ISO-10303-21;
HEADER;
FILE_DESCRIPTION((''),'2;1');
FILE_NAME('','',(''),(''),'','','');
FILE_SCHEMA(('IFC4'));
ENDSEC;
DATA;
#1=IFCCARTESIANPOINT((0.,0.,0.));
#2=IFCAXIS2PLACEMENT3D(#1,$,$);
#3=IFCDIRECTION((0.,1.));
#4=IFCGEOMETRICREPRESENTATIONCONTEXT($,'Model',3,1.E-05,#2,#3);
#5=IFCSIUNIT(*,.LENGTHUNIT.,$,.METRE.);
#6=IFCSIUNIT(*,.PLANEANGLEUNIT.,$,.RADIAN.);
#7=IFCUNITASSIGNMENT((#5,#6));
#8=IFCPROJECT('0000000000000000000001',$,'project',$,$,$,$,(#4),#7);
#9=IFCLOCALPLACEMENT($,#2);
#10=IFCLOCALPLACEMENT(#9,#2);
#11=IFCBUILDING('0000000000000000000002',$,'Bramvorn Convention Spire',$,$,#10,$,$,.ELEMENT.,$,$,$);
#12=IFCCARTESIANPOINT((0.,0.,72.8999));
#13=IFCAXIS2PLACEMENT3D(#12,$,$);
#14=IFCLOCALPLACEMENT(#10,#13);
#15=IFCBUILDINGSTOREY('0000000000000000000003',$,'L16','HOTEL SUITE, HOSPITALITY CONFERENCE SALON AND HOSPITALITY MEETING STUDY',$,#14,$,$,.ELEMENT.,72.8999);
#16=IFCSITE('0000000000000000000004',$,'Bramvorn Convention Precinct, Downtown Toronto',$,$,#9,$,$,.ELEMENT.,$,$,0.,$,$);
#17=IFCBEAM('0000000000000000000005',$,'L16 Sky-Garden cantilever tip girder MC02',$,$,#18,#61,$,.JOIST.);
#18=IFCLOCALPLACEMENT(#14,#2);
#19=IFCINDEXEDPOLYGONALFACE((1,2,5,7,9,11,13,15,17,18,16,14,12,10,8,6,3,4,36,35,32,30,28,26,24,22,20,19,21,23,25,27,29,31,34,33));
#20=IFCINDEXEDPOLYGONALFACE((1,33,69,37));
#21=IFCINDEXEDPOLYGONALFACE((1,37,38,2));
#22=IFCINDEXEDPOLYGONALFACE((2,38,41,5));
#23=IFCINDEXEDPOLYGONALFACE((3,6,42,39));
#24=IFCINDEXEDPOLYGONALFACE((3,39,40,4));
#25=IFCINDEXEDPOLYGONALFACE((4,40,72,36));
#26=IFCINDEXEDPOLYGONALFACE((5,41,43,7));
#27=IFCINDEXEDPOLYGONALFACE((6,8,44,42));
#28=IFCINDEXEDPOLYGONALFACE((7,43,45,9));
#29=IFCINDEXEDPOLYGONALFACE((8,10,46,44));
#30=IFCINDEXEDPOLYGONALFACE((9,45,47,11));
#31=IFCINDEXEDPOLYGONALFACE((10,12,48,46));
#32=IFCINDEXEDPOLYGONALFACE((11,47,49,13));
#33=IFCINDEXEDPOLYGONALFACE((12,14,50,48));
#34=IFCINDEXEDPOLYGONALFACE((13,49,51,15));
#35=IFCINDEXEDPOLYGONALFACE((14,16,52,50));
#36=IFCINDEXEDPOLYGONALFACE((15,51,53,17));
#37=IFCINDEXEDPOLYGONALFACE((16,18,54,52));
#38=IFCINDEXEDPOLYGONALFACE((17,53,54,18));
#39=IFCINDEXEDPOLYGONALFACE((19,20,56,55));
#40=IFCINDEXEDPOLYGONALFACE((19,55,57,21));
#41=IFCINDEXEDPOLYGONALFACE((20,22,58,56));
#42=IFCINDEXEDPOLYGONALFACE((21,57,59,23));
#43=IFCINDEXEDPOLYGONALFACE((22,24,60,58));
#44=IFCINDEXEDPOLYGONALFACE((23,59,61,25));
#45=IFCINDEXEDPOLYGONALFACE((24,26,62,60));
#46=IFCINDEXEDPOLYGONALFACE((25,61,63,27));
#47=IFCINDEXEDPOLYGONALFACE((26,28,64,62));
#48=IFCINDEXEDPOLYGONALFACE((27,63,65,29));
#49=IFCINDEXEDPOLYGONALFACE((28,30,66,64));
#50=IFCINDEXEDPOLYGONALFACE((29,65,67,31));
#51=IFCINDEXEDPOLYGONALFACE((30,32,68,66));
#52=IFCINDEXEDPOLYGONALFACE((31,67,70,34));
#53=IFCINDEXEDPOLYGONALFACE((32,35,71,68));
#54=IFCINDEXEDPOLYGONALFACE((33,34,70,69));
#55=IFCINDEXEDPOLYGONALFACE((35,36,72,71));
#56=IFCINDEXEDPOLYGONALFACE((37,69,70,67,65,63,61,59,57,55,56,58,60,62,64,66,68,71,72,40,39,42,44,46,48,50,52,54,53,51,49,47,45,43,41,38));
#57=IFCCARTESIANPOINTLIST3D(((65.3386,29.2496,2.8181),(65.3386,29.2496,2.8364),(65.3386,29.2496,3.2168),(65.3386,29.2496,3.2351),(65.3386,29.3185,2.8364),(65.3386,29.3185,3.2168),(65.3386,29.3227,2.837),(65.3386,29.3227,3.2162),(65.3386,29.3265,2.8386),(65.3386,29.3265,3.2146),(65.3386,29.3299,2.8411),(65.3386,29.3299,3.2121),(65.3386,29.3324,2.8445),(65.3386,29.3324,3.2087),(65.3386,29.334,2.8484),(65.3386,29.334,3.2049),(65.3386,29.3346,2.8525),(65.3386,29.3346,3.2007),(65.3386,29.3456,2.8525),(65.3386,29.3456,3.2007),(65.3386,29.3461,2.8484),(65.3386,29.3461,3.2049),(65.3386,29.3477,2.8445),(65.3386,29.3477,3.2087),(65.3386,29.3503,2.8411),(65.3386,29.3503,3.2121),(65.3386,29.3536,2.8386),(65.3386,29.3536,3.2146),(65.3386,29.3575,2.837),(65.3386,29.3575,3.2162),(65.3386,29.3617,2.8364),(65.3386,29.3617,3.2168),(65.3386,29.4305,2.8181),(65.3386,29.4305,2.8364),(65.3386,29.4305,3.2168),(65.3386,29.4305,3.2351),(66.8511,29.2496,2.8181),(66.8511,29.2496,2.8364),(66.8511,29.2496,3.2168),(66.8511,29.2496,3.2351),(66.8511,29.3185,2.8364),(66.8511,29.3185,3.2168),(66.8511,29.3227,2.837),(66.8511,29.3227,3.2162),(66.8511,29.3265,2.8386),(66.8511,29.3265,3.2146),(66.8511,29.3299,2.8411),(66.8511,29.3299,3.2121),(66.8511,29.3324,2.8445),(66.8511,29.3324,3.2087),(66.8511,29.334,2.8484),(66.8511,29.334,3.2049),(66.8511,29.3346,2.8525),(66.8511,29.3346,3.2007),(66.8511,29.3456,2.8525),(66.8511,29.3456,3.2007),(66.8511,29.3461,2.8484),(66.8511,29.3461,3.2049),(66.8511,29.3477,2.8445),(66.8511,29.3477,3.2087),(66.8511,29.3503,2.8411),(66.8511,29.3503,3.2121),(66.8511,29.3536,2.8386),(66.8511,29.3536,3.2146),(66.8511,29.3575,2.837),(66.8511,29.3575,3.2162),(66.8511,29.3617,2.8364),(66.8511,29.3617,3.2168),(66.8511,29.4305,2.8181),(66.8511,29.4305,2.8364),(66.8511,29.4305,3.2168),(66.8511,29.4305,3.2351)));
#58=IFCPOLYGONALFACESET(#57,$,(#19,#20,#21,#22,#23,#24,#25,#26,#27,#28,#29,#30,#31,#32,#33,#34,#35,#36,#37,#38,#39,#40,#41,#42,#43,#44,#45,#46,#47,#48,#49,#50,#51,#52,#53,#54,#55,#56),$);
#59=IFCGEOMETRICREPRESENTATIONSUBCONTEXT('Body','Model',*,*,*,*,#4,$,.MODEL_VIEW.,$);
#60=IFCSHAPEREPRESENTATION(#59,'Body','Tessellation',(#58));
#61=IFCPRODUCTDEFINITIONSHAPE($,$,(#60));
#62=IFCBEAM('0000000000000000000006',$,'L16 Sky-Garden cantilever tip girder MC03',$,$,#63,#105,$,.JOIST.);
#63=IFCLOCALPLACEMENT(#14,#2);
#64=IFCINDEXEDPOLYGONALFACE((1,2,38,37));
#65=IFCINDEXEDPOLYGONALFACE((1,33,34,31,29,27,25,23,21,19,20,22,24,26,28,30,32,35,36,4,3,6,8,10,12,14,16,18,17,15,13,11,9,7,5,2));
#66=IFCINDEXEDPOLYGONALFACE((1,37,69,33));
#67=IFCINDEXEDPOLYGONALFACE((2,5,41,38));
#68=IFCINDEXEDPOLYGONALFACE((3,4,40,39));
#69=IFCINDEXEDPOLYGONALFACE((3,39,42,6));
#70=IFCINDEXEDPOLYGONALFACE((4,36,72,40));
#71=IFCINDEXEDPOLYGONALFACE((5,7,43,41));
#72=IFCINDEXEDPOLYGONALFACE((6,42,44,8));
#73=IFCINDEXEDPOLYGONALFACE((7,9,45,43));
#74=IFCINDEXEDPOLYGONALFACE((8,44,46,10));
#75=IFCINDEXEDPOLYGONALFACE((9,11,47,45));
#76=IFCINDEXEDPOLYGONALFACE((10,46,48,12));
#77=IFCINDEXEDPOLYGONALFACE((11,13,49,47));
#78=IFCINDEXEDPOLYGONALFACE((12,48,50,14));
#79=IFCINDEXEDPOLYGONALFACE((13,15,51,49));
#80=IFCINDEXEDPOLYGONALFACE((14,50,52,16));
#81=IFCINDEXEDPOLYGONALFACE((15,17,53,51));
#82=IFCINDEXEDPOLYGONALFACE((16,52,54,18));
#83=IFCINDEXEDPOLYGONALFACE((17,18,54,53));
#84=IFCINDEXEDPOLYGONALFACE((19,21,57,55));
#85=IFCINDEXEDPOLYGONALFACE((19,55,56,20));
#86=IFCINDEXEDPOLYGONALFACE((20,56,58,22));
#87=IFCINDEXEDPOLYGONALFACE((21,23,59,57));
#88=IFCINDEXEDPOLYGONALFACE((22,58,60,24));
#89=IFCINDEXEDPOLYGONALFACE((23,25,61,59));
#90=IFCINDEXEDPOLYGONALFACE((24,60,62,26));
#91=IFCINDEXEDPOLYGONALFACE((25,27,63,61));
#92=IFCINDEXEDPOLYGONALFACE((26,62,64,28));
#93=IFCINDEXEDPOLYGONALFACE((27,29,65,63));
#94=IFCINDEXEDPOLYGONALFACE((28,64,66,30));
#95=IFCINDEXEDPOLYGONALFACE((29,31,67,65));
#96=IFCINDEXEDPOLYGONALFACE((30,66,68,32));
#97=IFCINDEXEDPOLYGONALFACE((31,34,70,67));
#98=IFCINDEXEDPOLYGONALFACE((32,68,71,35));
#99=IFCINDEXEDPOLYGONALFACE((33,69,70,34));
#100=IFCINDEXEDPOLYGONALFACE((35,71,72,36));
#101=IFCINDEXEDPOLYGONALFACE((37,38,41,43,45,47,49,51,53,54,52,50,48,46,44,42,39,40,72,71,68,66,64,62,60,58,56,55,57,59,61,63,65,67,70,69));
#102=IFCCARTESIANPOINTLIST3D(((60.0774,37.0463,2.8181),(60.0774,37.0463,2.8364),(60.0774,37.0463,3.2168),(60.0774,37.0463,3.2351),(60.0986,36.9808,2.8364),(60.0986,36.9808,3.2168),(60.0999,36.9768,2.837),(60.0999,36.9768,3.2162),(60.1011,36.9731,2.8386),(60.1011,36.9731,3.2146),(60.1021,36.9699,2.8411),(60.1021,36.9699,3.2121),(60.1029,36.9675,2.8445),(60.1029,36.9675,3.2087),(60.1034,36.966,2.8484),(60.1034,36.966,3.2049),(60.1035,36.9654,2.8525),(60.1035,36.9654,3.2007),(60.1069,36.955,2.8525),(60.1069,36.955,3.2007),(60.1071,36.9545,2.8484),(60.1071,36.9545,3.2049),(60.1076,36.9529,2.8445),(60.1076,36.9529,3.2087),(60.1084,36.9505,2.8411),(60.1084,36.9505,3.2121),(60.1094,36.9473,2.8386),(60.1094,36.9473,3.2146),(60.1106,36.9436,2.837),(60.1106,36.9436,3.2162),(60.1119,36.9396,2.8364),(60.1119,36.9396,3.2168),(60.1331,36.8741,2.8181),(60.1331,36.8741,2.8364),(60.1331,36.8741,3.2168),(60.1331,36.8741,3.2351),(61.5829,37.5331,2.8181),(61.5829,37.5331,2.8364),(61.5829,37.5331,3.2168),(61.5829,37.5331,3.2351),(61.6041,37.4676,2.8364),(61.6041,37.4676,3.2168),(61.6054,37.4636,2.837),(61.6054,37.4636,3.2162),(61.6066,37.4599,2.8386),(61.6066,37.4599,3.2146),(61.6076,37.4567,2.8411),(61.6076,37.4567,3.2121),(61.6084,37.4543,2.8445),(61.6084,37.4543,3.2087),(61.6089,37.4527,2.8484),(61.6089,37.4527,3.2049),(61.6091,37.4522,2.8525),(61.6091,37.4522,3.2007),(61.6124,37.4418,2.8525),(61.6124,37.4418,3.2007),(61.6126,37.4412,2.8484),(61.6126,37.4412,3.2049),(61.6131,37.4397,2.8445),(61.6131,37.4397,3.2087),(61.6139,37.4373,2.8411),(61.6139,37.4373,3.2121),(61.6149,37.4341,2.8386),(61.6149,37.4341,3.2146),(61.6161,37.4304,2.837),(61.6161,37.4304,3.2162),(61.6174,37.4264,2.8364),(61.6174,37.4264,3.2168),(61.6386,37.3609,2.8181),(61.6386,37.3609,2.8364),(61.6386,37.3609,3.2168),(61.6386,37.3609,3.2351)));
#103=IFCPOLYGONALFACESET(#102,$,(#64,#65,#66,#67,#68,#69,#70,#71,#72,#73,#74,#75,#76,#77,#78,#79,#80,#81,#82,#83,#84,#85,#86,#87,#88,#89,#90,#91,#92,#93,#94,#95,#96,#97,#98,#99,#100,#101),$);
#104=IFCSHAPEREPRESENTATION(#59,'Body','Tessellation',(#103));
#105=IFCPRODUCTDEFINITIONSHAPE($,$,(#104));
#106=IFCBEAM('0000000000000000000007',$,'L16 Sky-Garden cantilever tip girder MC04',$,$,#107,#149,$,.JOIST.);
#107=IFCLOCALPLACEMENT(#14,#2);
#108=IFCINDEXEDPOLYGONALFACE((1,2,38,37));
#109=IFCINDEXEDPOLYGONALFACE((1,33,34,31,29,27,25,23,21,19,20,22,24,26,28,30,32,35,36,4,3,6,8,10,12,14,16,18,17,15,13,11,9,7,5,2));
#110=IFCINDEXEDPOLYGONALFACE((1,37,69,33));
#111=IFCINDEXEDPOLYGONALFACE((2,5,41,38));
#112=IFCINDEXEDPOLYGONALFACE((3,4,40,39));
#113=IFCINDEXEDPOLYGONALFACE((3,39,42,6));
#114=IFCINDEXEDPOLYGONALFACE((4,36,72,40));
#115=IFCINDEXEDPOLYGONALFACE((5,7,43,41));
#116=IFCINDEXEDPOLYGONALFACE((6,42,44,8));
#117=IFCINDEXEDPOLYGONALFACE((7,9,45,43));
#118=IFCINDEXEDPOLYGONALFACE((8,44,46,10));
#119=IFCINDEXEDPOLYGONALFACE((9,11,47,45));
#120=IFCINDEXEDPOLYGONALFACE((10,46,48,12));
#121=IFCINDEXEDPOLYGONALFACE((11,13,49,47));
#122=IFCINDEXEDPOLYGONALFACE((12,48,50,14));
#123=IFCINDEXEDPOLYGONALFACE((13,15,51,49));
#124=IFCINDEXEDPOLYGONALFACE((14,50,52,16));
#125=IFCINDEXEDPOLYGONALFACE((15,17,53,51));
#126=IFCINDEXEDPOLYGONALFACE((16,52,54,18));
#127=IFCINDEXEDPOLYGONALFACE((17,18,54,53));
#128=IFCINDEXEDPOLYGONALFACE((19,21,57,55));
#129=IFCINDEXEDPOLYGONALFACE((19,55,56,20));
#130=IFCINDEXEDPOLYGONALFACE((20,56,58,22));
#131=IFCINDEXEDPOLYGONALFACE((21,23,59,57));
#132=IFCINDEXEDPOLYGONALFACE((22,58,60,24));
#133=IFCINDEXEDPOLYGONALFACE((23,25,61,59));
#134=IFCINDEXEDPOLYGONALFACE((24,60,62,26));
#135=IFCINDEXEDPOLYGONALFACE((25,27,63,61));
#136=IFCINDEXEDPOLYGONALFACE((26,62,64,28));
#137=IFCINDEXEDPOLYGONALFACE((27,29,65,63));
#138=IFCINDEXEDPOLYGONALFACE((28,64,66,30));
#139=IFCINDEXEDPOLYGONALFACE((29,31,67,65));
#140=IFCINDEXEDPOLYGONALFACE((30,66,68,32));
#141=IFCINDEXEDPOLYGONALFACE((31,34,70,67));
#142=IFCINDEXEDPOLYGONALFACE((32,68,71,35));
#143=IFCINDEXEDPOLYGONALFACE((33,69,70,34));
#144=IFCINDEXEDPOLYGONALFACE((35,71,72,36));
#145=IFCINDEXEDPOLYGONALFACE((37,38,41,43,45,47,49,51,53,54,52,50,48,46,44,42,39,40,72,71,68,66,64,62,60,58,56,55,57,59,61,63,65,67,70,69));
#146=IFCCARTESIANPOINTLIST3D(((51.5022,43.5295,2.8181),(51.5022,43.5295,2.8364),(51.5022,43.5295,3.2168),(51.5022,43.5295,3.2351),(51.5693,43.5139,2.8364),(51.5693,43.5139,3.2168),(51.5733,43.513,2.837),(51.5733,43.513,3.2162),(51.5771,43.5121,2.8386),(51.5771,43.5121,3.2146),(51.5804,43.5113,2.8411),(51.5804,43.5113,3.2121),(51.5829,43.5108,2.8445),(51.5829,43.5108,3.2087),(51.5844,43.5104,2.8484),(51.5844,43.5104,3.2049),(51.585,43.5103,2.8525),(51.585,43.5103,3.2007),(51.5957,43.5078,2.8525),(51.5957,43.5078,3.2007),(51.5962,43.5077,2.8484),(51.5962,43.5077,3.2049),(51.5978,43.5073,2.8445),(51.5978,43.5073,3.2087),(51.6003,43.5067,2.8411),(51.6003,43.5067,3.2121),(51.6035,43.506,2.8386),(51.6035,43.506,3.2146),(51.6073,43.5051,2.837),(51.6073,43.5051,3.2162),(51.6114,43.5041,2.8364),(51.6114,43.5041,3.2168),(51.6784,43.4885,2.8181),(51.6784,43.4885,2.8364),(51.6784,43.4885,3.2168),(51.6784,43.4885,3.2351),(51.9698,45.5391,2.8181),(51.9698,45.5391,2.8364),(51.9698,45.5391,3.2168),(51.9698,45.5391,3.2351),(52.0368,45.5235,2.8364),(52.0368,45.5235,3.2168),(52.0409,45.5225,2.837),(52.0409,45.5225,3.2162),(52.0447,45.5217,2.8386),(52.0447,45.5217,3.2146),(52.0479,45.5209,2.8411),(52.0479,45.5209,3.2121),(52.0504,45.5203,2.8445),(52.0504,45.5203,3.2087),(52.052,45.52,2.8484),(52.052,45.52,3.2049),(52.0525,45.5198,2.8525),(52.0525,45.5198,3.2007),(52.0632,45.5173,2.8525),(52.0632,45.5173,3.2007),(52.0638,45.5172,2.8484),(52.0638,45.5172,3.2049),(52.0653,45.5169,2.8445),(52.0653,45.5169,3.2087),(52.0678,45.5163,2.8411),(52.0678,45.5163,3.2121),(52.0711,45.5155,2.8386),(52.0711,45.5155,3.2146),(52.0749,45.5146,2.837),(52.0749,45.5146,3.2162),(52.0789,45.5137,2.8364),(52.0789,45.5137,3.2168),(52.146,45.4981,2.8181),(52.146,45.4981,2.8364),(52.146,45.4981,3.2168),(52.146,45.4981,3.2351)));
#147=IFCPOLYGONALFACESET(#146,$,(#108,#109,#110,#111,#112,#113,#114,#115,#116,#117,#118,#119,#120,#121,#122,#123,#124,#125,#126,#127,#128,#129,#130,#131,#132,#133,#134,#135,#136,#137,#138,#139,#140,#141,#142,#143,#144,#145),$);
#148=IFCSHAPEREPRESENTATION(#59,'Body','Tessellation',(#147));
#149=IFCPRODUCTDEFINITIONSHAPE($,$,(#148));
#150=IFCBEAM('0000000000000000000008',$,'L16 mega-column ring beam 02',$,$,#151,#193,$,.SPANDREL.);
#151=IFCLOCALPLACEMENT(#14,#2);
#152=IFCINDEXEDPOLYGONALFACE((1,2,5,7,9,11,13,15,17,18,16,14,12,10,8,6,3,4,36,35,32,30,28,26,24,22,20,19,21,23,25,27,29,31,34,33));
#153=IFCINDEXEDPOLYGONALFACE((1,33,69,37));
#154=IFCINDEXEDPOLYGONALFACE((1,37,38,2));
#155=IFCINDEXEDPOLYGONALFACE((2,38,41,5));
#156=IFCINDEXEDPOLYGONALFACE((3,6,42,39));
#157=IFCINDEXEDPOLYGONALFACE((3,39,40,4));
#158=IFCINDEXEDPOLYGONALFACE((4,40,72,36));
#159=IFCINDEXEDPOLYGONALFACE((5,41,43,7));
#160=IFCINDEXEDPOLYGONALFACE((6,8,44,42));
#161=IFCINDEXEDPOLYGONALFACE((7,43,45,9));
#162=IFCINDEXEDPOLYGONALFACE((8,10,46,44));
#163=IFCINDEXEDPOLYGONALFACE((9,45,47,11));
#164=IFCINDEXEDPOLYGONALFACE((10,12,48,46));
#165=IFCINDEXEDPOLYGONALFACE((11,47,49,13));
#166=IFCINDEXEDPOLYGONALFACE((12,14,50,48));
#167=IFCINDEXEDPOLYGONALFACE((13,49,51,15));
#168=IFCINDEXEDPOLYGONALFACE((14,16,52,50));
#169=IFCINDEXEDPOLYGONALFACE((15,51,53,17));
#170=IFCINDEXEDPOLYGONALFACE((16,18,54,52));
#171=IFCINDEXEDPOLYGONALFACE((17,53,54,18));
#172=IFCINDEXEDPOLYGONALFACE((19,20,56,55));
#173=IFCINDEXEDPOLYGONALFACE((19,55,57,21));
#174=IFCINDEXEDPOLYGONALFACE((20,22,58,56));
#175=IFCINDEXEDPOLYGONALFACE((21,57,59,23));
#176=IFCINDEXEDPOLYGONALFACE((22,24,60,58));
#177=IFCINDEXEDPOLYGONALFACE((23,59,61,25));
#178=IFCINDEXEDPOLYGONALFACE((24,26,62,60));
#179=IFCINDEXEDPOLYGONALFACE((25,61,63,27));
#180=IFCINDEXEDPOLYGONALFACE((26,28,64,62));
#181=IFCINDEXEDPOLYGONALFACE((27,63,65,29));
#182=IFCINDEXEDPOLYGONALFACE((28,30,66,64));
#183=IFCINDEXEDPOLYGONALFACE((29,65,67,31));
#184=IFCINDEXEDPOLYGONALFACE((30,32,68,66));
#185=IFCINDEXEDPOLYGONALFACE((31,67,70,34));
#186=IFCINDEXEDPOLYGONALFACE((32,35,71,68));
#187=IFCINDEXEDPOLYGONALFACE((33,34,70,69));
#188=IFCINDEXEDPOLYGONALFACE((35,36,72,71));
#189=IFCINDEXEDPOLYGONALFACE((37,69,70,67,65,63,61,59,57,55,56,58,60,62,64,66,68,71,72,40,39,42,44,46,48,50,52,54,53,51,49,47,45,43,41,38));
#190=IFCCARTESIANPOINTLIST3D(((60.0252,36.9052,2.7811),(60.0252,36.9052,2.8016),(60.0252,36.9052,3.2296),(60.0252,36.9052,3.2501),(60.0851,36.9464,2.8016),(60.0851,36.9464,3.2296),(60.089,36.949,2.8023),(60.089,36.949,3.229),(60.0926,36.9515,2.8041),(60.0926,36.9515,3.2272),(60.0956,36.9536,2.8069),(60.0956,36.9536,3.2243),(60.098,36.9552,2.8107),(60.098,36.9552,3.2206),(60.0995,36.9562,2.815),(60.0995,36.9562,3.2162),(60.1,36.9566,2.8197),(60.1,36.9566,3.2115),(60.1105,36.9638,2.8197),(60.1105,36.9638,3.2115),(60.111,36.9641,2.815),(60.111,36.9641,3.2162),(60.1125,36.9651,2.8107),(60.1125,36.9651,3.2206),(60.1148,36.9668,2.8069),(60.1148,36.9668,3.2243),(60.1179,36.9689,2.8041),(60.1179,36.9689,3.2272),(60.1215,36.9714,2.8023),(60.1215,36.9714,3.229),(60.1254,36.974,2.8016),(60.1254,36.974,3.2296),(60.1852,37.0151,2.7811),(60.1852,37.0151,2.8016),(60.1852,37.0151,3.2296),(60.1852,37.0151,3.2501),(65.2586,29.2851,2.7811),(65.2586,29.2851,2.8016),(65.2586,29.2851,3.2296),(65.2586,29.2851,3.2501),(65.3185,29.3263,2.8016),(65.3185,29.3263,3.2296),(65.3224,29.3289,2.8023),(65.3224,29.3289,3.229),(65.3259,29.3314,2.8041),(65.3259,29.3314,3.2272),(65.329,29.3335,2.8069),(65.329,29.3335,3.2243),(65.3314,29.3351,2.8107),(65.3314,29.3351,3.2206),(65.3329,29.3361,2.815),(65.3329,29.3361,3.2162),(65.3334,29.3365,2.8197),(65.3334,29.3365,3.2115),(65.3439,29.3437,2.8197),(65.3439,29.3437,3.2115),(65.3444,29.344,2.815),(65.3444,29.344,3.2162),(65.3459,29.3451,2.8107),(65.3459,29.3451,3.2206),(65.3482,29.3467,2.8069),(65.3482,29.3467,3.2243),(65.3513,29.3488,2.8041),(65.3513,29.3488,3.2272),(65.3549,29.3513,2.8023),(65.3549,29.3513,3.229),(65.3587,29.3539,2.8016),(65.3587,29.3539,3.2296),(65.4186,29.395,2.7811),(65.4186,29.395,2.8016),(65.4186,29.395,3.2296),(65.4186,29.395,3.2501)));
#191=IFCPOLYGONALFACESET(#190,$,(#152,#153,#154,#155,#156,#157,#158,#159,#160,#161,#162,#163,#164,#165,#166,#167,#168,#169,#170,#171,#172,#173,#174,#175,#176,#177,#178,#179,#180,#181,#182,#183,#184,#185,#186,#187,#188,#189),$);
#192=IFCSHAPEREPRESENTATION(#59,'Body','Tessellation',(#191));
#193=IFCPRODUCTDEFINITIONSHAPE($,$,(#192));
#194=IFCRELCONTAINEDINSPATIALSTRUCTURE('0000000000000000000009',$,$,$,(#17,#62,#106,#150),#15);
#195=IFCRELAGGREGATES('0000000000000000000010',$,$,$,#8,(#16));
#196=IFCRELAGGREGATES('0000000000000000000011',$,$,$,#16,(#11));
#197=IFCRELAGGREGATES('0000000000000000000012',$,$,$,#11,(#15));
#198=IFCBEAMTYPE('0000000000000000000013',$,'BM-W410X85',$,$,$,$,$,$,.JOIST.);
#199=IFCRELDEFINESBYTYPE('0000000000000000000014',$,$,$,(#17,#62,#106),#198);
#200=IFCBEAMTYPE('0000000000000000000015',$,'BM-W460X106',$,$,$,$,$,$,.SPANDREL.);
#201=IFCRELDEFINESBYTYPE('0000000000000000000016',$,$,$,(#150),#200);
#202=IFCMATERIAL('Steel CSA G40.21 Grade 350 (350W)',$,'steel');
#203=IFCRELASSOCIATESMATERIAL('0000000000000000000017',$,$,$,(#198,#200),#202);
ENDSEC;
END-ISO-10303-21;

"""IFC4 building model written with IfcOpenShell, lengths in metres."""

from ifc_helpers import new_model, si_unit, direction, frame, origin, origin_2d, place, context, subcontext, project, spatial, i_section, extrude, material, material_profile, profile_set, type_object, element, save


model = new_model("IFC4")

# Units and contexts
model_context = context("Model", 3, precision=1e-05, world=origin(), true_north=direction((0.0, 1.0)))
body_context = subcontext(model_context, "Body", "Model", "MODEL_VIEW")
ifc_project = project(units=[si_unit("LENGTHUNIT", "METRE"), si_unit("PLANEANGLEUNIT", "RADIAN")], contexts=[model_context])

# Site, building, storey
site_placement = place(None, origin())
site = spatial("IfcSite", under=ifc_project, at=site_placement, Name="Bramvorn Convention Precinct, Downtown Toronto", CompositionType="ELEMENT", RefElevation=0.0)
building_placement = place(site_placement, origin())
building = spatial("IfcBuilding", under=site, at=building_placement, Name="Bramvorn Convention Spire", CompositionType="ELEMENT")
storey_placement = place(building_placement, frame((0.0, 0.0, 72.8999)))
storey = spatial("IfcBuildingStorey", under=building, at=storey_placement, Name="L16", Description="HOTEL SUITE, HOSPITALITY CONFERENCE SALON AND HOSPITALITY MEETING STUDY", CompositionType="ELEMENT", Elevation=72.8999)

# Shared definitions
ifc_material_1 = material(Name="Steel CSA G40.21 Grade 350 (350W)", Category="steel")

# Beams
ifc_material_profile_1 = material_profile(ifc_material_1, i_section(OverallWidth=0.1809, OverallDepth=0.417, WebThickness=0.011, FlangeThickness=0.0183, FilletRadius=0.0161, at=origin_2d()))
ifc_profile_set_1 = profile_set([ifc_material_profile_1], Name="Steel CSA G40.21 Grade 350 (350W) - W410X85")
beam_type_1 = type_object("IfcBeamType", Name="BM-W410X85", PredefinedType="JOIST", material=ifc_profile_set_1)
beam_1_placement = place(storey_placement, frame((65.3386, 29.3401, 3.0266), z_axis=(1.0, 0.0, 0.0), x_axis=(0.0, 1.0, 0.0)))
element("IfcBeam", 1, at=beam_1_placement, inside=storey, type_object=beam_type_1, Name="L16 Sky-Garden cantilever tip girder MC02", PredefinedType="JOIST", context=body_context, shape_type="SweptSolid", body=[
    extrude(i_section(OverallWidth=0.1809, OverallDepth=0.417, WebThickness=0.011, FlangeThickness=0.0183, FilletRadius=0.0161, at=origin_2d()), origin(), (0.0, 0.0, 1.0), 1.5125),
])
beam_2_placement = place(storey_placement, frame((60.1052, 36.9602, 3.0266), z_axis=(0.951499, 0.307652, 0.0), x_axis=(-0.307652, 0.951499, 0.0)))
element("IfcBeam", 2, at=beam_2_placement, inside=storey, type_object=beam_type_1, Name="L16 Sky-Garden cantilever tip girder MC03", PredefinedType="JOIST", context=body_context, shape_type="SweptSolid", body=[
    extrude(i_section(OverallWidth=0.1809, OverallDepth=0.417, WebThickness=0.011, FlangeThickness=0.0183, FilletRadius=0.0161, at=origin_2d()), origin(), (0.0, 0.0, 1.0), 1.5823),
])
beam_3_placement = place(storey_placement, frame((51.5903, 43.509, 3.0266), z_axis=(0.226605, 0.973987, 0.0), x_axis=(-0.973987, 0.226605, 0.0)))
element("IfcBeam", 3, at=beam_3_placement, inside=storey, type_object=beam_type_1, Name="L16 Sky-Garden cantilever tip girder MC04", PredefinedType="JOIST", context=body_context, shape_type="SweptSolid", body=[
    extrude(i_section(OverallWidth=0.1809, OverallDepth=0.417, WebThickness=0.011, FlangeThickness=0.0183, FilletRadius=0.0161, at=origin_2d()), origin(), (0.0, 0.0, 1.0), 2.0632),
])
ifc_material_profile_2 = material_profile(ifc_material_1, i_section(OverallWidth=0.1941, OverallDepth=0.469, WebThickness=0.0127, FlangeThickness=0.0205, FilletRadius=0.0181, at=origin_2d()))
ifc_profile_set_2 = profile_set([ifc_material_profile_2], Name="Steel CSA G40.21 Grade 350 (350W) - W460X106")
beam_type_2 = type_object("IfcBeamType", Name="BM-W460X106", PredefinedType="SPANDREL", material=ifc_profile_set_2)
beam_4_placement = place(storey_placement, frame((65.3386, 29.3401, 3.0156), z_axis=(-0.56613, 0.824316, 0.0), x_axis=(-0.824316, -0.56613, 0.0)))
element("IfcBeam", 4, at=beam_4_placement, inside=storey, type_object=beam_type_2, Name="L16 mega-column ring beam 02", PredefinedType="SPANDREL", context=body_context, shape_type="SweptSolid", body=[
    extrude(i_section(OverallWidth=0.1941, OverallDepth=0.469, WebThickness=0.0127, FlangeThickness=0.0205, FilletRadius=0.0181, at=origin_2d()), origin(), (0.0, 0.0, 1.0), 9.2441),
])

save(model, "model.ifc")
